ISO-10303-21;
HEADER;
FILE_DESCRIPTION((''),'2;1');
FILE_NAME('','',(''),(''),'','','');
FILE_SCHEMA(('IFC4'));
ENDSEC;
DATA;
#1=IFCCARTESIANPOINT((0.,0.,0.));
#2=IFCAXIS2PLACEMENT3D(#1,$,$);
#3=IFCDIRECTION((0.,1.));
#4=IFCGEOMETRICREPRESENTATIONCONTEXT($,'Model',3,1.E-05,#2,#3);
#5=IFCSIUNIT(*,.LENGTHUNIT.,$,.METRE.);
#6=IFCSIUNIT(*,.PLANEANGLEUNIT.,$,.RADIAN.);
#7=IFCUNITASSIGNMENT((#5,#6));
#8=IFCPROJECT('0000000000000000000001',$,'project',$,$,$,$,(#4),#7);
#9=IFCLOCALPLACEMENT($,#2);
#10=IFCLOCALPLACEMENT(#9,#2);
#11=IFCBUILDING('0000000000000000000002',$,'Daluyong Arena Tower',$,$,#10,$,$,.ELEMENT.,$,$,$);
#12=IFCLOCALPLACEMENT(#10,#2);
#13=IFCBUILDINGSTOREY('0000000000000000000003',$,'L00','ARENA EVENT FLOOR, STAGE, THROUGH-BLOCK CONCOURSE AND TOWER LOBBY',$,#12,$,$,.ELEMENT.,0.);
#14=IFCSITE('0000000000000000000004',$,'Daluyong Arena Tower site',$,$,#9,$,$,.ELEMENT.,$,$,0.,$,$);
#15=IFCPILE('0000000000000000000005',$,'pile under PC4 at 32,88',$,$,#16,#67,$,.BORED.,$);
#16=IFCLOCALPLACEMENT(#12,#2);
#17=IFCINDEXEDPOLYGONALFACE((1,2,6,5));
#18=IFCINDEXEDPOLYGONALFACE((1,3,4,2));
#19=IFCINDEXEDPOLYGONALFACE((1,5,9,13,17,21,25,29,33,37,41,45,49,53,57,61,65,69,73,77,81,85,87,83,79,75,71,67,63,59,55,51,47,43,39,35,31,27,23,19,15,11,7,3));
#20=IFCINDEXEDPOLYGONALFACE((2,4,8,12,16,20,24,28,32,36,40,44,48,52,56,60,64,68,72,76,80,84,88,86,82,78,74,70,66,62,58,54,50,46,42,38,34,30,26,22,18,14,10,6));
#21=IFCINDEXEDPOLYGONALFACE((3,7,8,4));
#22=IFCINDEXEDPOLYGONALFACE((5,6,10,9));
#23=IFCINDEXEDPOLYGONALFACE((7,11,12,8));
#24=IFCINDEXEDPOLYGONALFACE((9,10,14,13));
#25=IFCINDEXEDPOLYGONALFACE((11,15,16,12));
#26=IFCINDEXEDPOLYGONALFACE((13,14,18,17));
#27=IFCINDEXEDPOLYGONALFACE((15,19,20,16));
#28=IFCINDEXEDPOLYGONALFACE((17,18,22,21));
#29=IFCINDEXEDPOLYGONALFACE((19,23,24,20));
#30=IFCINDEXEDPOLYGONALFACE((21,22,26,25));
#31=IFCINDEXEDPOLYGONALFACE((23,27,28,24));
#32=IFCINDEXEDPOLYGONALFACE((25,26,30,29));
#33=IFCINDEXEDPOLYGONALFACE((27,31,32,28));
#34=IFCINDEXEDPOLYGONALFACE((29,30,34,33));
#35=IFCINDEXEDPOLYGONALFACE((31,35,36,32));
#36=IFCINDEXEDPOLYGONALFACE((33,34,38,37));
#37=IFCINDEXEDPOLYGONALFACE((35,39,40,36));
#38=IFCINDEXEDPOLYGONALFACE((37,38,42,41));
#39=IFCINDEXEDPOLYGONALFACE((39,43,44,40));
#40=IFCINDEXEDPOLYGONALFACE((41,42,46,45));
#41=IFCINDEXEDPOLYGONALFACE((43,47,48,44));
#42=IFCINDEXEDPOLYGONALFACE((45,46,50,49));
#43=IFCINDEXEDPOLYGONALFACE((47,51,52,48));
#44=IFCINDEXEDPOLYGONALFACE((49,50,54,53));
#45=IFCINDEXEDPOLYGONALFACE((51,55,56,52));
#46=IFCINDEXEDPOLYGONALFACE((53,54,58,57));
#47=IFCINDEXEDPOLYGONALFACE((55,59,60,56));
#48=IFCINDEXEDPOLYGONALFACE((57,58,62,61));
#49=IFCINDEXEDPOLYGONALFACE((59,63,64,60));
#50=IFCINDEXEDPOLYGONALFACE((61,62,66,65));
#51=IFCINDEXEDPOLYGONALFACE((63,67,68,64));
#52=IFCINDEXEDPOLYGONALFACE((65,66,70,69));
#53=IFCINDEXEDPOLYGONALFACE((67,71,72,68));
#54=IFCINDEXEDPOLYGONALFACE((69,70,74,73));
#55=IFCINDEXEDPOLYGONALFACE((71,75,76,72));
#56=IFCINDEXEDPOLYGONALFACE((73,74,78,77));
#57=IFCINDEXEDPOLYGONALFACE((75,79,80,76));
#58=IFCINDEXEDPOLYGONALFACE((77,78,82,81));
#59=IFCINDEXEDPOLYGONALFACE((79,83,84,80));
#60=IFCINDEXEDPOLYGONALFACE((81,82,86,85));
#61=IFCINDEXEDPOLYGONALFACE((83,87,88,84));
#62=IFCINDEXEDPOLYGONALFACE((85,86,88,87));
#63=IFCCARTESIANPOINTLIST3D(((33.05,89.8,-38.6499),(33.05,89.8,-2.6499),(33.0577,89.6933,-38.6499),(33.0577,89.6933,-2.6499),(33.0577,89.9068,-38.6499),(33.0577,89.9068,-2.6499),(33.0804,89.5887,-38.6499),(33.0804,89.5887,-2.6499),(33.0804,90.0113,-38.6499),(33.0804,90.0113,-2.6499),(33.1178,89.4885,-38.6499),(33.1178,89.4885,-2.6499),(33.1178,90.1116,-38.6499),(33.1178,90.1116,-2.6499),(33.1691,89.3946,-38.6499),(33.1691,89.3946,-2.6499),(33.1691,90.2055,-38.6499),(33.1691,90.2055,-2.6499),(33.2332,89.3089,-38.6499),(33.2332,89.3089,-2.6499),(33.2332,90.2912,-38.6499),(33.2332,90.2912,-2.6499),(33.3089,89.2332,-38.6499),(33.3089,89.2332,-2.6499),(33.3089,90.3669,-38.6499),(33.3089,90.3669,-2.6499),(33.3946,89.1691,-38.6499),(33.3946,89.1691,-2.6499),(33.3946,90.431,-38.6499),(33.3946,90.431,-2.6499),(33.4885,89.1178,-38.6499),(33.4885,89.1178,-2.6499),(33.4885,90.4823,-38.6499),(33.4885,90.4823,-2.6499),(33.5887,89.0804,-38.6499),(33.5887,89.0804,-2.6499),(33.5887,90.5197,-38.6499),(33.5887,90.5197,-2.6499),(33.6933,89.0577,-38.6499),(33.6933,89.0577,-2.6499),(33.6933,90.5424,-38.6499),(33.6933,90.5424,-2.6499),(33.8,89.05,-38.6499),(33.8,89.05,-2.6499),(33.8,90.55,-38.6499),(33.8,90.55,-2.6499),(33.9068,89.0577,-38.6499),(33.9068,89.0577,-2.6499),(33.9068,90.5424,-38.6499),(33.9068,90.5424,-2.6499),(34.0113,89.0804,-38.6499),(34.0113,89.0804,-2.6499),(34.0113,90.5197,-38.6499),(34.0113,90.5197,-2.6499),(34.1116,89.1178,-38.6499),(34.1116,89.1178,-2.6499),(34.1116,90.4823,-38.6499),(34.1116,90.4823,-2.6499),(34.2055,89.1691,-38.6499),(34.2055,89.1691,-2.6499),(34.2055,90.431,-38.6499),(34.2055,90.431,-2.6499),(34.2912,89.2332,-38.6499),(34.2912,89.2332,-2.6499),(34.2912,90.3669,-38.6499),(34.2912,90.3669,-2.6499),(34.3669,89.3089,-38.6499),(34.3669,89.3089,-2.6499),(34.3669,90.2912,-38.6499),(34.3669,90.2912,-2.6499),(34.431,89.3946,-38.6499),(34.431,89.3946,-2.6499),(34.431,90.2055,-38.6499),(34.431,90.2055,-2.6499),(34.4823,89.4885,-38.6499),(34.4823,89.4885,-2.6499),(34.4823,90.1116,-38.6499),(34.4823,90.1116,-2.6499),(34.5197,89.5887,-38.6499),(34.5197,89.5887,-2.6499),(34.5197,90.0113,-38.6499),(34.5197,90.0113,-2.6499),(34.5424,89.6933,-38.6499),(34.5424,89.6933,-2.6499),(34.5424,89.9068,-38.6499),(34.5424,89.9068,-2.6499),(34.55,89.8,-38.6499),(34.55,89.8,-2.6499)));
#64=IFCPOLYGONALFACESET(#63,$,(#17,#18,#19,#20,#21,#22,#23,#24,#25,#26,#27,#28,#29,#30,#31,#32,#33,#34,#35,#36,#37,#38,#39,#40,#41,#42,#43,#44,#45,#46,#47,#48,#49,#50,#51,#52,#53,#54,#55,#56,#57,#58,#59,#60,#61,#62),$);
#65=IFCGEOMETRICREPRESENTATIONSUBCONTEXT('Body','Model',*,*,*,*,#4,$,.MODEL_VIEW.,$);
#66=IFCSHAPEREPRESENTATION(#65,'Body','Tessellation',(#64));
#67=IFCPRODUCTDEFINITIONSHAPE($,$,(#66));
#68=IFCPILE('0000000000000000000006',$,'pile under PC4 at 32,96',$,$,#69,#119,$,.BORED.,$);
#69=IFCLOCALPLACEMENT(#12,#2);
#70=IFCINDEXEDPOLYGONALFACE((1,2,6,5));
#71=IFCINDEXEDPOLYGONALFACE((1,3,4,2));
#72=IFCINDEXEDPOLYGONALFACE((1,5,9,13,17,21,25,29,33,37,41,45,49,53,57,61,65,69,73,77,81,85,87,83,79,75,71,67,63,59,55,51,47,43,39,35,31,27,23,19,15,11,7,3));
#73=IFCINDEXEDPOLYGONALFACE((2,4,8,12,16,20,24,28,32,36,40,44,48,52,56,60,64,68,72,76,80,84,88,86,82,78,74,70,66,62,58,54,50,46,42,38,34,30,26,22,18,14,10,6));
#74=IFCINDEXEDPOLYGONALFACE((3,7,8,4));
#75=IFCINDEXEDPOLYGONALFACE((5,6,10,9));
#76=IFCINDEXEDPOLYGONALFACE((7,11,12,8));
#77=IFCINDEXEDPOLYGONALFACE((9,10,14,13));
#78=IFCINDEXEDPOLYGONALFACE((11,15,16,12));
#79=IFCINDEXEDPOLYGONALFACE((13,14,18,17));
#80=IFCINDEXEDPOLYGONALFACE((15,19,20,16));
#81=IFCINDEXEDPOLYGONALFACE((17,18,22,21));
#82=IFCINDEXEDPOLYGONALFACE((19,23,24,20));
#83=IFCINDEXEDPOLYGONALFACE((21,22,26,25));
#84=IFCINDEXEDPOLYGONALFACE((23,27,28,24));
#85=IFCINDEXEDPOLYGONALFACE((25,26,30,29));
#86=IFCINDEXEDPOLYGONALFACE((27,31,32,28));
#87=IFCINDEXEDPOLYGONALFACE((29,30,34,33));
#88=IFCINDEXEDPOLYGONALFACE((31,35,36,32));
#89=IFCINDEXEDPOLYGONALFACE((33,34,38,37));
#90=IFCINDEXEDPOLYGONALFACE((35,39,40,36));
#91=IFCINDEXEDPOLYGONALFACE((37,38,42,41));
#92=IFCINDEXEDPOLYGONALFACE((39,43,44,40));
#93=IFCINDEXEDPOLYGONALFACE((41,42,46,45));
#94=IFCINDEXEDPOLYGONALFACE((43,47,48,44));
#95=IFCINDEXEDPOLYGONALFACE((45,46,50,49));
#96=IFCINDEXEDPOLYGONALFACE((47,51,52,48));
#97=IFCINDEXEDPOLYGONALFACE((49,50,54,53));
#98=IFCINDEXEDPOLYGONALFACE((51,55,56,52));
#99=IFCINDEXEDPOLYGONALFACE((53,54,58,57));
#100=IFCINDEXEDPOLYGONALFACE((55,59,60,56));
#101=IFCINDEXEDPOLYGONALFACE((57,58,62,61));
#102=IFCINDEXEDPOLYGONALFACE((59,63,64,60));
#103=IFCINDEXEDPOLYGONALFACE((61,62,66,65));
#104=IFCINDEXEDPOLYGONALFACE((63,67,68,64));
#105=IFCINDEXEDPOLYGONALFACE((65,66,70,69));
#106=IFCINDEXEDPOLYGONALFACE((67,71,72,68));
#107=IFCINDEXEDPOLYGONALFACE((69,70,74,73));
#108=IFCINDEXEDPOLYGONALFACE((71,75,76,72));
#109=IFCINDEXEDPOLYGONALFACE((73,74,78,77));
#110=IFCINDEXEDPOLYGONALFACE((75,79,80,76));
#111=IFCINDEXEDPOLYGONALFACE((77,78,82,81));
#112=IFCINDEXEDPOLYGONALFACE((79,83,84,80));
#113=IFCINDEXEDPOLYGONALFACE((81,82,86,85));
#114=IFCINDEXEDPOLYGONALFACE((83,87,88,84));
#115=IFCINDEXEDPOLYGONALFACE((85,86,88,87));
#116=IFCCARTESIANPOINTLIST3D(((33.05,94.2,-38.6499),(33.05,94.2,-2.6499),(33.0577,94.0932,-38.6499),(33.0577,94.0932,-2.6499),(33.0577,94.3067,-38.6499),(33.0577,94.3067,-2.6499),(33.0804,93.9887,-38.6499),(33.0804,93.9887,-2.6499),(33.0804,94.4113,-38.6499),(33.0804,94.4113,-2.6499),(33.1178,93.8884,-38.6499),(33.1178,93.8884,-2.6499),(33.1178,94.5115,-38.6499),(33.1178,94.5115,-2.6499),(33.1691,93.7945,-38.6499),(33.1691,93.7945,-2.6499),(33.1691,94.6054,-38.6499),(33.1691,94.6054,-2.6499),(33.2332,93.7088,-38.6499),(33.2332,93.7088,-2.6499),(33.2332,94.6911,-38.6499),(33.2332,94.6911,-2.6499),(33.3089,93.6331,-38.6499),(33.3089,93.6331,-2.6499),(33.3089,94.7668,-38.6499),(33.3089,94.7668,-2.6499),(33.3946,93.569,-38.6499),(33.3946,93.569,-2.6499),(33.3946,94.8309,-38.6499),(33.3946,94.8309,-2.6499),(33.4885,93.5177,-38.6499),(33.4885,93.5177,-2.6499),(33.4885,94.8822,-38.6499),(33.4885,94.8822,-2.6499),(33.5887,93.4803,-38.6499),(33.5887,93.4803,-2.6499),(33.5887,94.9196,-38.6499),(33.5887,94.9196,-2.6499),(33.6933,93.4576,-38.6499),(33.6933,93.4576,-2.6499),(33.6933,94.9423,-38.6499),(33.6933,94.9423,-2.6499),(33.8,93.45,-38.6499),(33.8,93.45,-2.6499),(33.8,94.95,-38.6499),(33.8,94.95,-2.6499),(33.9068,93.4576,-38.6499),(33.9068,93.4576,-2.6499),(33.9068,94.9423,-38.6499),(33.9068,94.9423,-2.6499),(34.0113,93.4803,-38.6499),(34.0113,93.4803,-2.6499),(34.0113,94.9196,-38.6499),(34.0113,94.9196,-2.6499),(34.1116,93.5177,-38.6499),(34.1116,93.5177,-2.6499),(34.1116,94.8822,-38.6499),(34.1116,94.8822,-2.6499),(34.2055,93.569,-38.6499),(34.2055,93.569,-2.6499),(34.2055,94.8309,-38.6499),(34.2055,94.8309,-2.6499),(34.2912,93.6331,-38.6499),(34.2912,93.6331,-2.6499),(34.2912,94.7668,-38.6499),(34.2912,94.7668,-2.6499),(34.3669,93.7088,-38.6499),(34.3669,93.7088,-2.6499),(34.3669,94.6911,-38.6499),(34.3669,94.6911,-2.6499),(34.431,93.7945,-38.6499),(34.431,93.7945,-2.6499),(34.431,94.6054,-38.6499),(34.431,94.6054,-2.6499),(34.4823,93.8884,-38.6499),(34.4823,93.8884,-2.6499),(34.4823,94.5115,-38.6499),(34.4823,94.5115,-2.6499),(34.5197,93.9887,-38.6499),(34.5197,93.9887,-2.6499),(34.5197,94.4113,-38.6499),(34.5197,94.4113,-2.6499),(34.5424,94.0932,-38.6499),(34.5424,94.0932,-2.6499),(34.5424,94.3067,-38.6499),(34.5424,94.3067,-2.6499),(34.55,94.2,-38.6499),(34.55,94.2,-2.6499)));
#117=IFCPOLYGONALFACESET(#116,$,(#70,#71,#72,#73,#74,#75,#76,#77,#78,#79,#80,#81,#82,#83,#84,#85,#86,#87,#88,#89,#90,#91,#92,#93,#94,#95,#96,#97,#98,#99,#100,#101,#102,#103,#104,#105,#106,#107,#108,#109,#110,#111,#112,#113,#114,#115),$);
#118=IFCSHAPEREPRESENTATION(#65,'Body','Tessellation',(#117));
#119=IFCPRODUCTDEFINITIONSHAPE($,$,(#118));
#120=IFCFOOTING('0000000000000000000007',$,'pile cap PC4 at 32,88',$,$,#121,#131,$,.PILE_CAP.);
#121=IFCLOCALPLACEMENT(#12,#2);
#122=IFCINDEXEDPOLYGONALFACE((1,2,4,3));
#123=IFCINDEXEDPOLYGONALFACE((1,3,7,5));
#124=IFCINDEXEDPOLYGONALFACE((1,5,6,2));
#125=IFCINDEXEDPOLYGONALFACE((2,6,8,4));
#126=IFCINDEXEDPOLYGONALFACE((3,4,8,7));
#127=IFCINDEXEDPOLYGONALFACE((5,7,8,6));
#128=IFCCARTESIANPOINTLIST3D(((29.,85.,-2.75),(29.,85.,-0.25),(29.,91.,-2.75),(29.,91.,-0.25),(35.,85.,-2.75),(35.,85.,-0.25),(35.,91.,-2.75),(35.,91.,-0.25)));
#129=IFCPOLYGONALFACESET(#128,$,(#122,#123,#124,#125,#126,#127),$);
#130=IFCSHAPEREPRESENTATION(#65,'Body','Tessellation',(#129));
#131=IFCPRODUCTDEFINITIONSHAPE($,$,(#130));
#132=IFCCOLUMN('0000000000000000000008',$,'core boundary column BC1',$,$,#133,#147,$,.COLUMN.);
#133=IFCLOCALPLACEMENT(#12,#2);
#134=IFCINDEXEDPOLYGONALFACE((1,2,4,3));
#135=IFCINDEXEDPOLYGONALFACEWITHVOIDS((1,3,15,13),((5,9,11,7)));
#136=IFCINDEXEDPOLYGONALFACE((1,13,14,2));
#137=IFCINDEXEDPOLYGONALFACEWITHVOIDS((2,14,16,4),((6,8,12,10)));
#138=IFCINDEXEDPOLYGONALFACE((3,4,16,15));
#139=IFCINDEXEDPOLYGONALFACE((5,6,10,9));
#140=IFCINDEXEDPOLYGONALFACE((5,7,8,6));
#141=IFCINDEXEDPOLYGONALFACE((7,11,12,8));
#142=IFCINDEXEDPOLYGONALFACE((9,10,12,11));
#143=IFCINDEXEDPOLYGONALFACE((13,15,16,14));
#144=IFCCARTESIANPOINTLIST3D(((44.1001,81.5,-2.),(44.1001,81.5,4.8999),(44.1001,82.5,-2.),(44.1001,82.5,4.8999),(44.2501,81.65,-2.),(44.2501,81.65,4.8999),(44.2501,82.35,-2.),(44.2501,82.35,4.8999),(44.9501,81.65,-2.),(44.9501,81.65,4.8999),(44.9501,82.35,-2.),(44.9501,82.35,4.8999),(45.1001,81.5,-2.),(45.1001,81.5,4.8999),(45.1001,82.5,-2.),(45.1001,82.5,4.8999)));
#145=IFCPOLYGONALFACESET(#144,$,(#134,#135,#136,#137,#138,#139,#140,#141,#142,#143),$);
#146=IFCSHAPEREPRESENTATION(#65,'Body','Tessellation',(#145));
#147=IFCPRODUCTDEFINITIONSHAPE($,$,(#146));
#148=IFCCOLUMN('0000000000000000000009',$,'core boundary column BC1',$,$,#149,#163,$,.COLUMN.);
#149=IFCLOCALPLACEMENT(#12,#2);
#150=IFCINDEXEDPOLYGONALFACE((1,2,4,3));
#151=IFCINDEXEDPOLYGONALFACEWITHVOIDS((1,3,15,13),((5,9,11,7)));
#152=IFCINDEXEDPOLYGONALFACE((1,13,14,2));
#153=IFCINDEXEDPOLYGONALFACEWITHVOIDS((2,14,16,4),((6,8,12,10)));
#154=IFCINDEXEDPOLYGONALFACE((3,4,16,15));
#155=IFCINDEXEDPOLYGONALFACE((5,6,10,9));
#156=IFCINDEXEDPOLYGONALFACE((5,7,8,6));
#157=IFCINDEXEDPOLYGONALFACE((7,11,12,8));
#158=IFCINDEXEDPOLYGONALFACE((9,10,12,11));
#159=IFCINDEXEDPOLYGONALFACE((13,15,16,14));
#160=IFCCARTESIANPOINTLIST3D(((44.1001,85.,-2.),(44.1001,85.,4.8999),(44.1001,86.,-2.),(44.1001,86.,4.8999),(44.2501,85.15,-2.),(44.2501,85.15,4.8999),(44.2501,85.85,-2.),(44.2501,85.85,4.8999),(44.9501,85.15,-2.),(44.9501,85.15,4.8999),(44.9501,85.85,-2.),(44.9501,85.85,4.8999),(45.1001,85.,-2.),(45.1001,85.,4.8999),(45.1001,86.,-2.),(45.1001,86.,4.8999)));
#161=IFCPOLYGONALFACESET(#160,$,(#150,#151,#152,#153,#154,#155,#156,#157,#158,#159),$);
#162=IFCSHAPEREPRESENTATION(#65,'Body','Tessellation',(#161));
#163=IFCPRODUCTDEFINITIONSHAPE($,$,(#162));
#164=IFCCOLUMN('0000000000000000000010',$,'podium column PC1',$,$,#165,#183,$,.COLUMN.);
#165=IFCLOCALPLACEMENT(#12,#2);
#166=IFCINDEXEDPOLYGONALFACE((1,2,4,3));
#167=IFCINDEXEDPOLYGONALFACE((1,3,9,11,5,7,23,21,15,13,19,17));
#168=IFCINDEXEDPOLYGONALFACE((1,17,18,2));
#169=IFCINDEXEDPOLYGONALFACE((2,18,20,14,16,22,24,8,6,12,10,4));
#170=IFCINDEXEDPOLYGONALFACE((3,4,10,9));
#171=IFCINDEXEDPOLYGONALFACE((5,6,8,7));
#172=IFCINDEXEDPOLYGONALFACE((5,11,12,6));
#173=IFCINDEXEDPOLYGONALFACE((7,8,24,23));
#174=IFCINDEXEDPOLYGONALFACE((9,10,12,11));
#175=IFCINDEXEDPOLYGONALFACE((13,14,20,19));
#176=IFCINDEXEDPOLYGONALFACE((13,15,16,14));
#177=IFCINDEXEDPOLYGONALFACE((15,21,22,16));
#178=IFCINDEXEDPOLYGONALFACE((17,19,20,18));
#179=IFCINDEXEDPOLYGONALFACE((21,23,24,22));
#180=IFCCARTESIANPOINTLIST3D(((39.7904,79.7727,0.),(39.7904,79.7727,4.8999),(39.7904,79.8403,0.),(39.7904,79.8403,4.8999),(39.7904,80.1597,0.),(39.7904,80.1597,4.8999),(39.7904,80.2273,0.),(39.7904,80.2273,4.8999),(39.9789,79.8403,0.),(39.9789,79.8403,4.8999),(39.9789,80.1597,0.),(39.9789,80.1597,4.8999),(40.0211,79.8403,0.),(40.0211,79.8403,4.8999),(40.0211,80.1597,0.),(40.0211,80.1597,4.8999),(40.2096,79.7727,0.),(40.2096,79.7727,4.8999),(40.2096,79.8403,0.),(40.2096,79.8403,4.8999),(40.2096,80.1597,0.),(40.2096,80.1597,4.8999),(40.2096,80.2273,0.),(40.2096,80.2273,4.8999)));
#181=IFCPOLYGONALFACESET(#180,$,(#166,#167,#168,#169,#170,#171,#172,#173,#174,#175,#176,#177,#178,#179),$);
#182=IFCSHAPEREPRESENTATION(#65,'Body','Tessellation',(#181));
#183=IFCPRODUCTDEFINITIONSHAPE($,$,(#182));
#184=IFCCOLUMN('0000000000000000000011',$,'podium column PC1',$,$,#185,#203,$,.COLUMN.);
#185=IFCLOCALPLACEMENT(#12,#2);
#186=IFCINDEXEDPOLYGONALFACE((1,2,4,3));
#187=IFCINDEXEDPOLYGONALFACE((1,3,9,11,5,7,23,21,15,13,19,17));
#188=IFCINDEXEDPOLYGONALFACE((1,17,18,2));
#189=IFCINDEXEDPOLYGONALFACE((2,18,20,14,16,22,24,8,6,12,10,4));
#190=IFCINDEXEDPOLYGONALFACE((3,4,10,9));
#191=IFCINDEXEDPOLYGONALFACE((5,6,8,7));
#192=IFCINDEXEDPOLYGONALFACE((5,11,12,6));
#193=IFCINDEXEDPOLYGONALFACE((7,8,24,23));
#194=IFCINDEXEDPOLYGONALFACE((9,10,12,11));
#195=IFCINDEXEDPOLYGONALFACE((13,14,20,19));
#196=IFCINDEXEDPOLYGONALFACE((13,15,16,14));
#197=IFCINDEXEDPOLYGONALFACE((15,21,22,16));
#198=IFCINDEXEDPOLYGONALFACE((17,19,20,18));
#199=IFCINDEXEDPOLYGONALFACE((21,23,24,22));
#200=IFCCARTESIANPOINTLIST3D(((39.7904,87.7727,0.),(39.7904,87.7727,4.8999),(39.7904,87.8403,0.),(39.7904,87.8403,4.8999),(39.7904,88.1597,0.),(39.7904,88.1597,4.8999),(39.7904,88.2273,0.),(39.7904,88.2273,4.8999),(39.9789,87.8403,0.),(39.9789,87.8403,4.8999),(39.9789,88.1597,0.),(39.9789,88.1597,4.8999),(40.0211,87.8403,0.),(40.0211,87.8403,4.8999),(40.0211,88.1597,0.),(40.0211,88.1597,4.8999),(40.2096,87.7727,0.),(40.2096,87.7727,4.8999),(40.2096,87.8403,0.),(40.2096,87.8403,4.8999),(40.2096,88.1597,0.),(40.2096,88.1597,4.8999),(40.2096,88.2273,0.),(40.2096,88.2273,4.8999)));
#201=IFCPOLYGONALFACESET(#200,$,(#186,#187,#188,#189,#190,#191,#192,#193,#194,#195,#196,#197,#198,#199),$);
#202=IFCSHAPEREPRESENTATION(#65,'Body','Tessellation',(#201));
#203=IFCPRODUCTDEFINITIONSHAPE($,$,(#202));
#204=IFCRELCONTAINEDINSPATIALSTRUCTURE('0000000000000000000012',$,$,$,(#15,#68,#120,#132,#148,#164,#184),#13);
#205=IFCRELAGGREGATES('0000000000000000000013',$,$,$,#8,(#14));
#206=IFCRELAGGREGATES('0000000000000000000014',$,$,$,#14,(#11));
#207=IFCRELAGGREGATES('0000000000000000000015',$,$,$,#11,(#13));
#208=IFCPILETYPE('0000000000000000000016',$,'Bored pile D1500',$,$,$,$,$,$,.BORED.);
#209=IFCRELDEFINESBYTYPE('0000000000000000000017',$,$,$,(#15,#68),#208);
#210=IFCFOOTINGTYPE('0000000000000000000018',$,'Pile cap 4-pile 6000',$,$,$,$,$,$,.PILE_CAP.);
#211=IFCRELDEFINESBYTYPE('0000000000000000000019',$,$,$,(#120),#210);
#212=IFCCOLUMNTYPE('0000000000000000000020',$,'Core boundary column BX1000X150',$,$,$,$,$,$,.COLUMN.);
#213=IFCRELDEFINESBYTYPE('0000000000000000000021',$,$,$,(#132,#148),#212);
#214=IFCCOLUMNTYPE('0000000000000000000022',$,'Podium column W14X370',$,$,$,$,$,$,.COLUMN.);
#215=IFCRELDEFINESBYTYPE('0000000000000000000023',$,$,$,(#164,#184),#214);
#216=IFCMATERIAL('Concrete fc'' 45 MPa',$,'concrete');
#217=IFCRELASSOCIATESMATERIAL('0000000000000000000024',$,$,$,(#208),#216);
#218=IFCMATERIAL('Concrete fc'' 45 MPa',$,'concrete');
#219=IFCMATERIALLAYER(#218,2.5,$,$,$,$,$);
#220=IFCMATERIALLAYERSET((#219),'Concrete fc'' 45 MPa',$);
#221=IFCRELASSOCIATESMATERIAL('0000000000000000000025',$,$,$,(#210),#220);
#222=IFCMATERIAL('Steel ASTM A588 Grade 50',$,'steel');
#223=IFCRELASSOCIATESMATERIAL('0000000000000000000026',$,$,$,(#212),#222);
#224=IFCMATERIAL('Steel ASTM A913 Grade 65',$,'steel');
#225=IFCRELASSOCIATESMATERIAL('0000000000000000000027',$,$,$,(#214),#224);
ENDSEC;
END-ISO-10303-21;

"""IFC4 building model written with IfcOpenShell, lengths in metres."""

from ifc_helpers import new_model, si_unit, direction, frame, origin, origin_2d, place, context, subcontext, project, spatial, rectangle, hollow_rectangle, circle, i_section, extrude, material, layer, layer_set, material_profile, profile_set, type_object, element, save


model = new_model("IFC4")

# Units and contexts
model_context = context("Model", 3, precision=1e-05, world=origin(), true_north=direction((0.0, 1.0)))
body_context = subcontext(model_context, "Body", "Model", "MODEL_VIEW")
ifc_project = project(units=[si_unit("LENGTHUNIT", "METRE"), si_unit("PLANEANGLEUNIT", "RADIAN")], contexts=[model_context])

# Site, building, storey
site_placement = place(None, origin())
site = spatial("IfcSite", under=ifc_project, at=site_placement, Name="Daluyong Arena Tower site", CompositionType="ELEMENT", RefElevation=0.0)
building_placement = place(site_placement, origin())
building = spatial("IfcBuilding", under=site, at=building_placement, Name="Daluyong Arena Tower", CompositionType="ELEMENT")
storey_placement = place(building_placement, origin())
storey = spatial("IfcBuildingStorey", under=building, at=storey_placement, Name="L00", Description="ARENA EVENT FLOOR, STAGE, THROUGH-BLOCK CONCOURSE AND TOWER LOBBY", CompositionType="ELEMENT", Elevation=0.0)

# Piles
ifc_material_1 = material(Name="Concrete fc' 45 MPa", Category="concrete")
pile_type = type_object("IfcPileType", Name="Bored pile D1500", PredefinedType="BORED", material=ifc_material_1)
for number, where, z_axis, x_axis, name in (
    (1, (33.8, 89.8, -2.6499), (0.0, 0.0, -1.0), (1.0, 0.0, 0.0), "pile under PC4 at 32,88"),
    (2, (33.8, 94.2, -2.6499), (0.0, 0.0, -1.0), (1.0, 0.0, 0.0), "pile under PC4 at 32,96"),
):
    element("IfcPile", number, at=place(storey_placement, frame(where, z_axis=z_axis, x_axis=x_axis)), inside=storey, type_object=pile_type, Name=name, PredefinedType="BORED", context=body_context, shape_type="SweptSolid", body=[
        extrude(circle(Radius=0.75, at=origin_2d()), origin(), (0.0, 0.0, 1.0), 36.0),
    ])

# Footing
ifc_material_2 = material(Name="Concrete fc' 45 MPa", Category="concrete")
ifc_layer_1 = layer(ifc_material_2, 2.5)
ifc_layer_set_1 = layer_set([ifc_layer_1], Name="Concrete fc' 45 MPa")
footing_type = type_object("IfcFootingType", Name="Pile cap 4-pile 6000", PredefinedType="PILE_CAP", material=ifc_layer_set_1)
footing_placement = place(storey_placement, frame((32.0, 88.0, -2.75), z_axis=(0.0, 0.0, 1.0), x_axis=(1.0, 0.0, 0.0)))
element("IfcFooting", 3, at=footing_placement, inside=storey, type_object=footing_type, Name="pile cap PC4 at 32,88", PredefinedType="PILE_CAP", context=body_context, shape_type="SweptSolid", body=[
    extrude(rectangle(XDim=6.0, YDim=6.0, at=origin_2d()), origin(), (0.0, 0.0, 1.0), 2.5),
])

# Columns
ifc_material_3 = material(Name="Steel ASTM A588 Grade 50", Category="steel")
ifc_material_profile_1 = material_profile(ifc_material_3, hollow_rectangle(XDim=1.0, YDim=1.0, WallThickness=0.15, at=origin_2d()))
ifc_profile_set_1 = profile_set([ifc_material_profile_1], Name="Steel ASTM A588 Grade 50")
column_type_1 = type_object("IfcColumnType", Name="Core boundary column BX1000X150", PredefinedType="COLUMN", material=ifc_profile_set_1)
for number, where, z_axis, x_axis, name in (
    (4, (44.6001, 82.0, -2.0), (0.0, 0.0, 1.0), (1.0, 0.0, 0.0), "core boundary column BC1"),
    (5, (44.6001, 85.5, -2.0), (0.0, 0.0, 1.0), (1.0, 0.0, 0.0), "core boundary column BC1"),
):
    element("IfcColumn", number, at=place(storey_placement, frame(where, z_axis=z_axis, x_axis=x_axis)), inside=storey, type_object=column_type_1, Name=name, PredefinedType="COLUMN", context=body_context, shape_type="SweptSolid", body=[
        extrude(hollow_rectangle(XDim=1.0, YDim=1.0, WallThickness=0.15, at=origin_2d()), origin(), (0.0, 0.0, 1.0), 6.8999),
    ])
ifc_material_4 = material(Name="Steel ASTM A913 Grade 65", Category="steel")
ifc_material_profile_2 = material_profile(ifc_material_4, i_section(OverallWidth=0.4192, OverallDepth=0.4546, WebThickness=0.0422, FlangeThickness=0.0676, at=origin_2d()))
ifc_profile_set_2 = profile_set([ifc_material_profile_2], Name="Steel ASTM A913 Grade 65")
column_type_2 = type_object("IfcColumnType", Name="Podium column W14X370", PredefinedType="COLUMN", material=ifc_profile_set_2)
for number, where, z_axis, x_axis, name in (
    (6, (40.0, 80.0, 0.0), (0.0, 0.0, 1.0), (1.0, 0.0, 0.0), "podium column PC1"),
    (7, (40.0, 88.0, 0.0), (0.0, 0.0, 1.0), (1.0, 0.0, 0.0), "podium column PC1"),
):
    element("IfcColumn", number, at=place(storey_placement, frame(where, z_axis=z_axis, x_axis=x_axis)), inside=storey, type_object=column_type_2, Name=name, PredefinedType="COLUMN", context=body_context, shape_type="SweptSolid", body=[
        extrude(i_section(OverallWidth=0.4192, OverallDepth=0.4546, WebThickness=0.0422, FlangeThickness=0.0676, at=origin_2d()), origin(), (0.0, 0.0, 1.0), 4.8999),
    ])

save(model, "model.ifc")
